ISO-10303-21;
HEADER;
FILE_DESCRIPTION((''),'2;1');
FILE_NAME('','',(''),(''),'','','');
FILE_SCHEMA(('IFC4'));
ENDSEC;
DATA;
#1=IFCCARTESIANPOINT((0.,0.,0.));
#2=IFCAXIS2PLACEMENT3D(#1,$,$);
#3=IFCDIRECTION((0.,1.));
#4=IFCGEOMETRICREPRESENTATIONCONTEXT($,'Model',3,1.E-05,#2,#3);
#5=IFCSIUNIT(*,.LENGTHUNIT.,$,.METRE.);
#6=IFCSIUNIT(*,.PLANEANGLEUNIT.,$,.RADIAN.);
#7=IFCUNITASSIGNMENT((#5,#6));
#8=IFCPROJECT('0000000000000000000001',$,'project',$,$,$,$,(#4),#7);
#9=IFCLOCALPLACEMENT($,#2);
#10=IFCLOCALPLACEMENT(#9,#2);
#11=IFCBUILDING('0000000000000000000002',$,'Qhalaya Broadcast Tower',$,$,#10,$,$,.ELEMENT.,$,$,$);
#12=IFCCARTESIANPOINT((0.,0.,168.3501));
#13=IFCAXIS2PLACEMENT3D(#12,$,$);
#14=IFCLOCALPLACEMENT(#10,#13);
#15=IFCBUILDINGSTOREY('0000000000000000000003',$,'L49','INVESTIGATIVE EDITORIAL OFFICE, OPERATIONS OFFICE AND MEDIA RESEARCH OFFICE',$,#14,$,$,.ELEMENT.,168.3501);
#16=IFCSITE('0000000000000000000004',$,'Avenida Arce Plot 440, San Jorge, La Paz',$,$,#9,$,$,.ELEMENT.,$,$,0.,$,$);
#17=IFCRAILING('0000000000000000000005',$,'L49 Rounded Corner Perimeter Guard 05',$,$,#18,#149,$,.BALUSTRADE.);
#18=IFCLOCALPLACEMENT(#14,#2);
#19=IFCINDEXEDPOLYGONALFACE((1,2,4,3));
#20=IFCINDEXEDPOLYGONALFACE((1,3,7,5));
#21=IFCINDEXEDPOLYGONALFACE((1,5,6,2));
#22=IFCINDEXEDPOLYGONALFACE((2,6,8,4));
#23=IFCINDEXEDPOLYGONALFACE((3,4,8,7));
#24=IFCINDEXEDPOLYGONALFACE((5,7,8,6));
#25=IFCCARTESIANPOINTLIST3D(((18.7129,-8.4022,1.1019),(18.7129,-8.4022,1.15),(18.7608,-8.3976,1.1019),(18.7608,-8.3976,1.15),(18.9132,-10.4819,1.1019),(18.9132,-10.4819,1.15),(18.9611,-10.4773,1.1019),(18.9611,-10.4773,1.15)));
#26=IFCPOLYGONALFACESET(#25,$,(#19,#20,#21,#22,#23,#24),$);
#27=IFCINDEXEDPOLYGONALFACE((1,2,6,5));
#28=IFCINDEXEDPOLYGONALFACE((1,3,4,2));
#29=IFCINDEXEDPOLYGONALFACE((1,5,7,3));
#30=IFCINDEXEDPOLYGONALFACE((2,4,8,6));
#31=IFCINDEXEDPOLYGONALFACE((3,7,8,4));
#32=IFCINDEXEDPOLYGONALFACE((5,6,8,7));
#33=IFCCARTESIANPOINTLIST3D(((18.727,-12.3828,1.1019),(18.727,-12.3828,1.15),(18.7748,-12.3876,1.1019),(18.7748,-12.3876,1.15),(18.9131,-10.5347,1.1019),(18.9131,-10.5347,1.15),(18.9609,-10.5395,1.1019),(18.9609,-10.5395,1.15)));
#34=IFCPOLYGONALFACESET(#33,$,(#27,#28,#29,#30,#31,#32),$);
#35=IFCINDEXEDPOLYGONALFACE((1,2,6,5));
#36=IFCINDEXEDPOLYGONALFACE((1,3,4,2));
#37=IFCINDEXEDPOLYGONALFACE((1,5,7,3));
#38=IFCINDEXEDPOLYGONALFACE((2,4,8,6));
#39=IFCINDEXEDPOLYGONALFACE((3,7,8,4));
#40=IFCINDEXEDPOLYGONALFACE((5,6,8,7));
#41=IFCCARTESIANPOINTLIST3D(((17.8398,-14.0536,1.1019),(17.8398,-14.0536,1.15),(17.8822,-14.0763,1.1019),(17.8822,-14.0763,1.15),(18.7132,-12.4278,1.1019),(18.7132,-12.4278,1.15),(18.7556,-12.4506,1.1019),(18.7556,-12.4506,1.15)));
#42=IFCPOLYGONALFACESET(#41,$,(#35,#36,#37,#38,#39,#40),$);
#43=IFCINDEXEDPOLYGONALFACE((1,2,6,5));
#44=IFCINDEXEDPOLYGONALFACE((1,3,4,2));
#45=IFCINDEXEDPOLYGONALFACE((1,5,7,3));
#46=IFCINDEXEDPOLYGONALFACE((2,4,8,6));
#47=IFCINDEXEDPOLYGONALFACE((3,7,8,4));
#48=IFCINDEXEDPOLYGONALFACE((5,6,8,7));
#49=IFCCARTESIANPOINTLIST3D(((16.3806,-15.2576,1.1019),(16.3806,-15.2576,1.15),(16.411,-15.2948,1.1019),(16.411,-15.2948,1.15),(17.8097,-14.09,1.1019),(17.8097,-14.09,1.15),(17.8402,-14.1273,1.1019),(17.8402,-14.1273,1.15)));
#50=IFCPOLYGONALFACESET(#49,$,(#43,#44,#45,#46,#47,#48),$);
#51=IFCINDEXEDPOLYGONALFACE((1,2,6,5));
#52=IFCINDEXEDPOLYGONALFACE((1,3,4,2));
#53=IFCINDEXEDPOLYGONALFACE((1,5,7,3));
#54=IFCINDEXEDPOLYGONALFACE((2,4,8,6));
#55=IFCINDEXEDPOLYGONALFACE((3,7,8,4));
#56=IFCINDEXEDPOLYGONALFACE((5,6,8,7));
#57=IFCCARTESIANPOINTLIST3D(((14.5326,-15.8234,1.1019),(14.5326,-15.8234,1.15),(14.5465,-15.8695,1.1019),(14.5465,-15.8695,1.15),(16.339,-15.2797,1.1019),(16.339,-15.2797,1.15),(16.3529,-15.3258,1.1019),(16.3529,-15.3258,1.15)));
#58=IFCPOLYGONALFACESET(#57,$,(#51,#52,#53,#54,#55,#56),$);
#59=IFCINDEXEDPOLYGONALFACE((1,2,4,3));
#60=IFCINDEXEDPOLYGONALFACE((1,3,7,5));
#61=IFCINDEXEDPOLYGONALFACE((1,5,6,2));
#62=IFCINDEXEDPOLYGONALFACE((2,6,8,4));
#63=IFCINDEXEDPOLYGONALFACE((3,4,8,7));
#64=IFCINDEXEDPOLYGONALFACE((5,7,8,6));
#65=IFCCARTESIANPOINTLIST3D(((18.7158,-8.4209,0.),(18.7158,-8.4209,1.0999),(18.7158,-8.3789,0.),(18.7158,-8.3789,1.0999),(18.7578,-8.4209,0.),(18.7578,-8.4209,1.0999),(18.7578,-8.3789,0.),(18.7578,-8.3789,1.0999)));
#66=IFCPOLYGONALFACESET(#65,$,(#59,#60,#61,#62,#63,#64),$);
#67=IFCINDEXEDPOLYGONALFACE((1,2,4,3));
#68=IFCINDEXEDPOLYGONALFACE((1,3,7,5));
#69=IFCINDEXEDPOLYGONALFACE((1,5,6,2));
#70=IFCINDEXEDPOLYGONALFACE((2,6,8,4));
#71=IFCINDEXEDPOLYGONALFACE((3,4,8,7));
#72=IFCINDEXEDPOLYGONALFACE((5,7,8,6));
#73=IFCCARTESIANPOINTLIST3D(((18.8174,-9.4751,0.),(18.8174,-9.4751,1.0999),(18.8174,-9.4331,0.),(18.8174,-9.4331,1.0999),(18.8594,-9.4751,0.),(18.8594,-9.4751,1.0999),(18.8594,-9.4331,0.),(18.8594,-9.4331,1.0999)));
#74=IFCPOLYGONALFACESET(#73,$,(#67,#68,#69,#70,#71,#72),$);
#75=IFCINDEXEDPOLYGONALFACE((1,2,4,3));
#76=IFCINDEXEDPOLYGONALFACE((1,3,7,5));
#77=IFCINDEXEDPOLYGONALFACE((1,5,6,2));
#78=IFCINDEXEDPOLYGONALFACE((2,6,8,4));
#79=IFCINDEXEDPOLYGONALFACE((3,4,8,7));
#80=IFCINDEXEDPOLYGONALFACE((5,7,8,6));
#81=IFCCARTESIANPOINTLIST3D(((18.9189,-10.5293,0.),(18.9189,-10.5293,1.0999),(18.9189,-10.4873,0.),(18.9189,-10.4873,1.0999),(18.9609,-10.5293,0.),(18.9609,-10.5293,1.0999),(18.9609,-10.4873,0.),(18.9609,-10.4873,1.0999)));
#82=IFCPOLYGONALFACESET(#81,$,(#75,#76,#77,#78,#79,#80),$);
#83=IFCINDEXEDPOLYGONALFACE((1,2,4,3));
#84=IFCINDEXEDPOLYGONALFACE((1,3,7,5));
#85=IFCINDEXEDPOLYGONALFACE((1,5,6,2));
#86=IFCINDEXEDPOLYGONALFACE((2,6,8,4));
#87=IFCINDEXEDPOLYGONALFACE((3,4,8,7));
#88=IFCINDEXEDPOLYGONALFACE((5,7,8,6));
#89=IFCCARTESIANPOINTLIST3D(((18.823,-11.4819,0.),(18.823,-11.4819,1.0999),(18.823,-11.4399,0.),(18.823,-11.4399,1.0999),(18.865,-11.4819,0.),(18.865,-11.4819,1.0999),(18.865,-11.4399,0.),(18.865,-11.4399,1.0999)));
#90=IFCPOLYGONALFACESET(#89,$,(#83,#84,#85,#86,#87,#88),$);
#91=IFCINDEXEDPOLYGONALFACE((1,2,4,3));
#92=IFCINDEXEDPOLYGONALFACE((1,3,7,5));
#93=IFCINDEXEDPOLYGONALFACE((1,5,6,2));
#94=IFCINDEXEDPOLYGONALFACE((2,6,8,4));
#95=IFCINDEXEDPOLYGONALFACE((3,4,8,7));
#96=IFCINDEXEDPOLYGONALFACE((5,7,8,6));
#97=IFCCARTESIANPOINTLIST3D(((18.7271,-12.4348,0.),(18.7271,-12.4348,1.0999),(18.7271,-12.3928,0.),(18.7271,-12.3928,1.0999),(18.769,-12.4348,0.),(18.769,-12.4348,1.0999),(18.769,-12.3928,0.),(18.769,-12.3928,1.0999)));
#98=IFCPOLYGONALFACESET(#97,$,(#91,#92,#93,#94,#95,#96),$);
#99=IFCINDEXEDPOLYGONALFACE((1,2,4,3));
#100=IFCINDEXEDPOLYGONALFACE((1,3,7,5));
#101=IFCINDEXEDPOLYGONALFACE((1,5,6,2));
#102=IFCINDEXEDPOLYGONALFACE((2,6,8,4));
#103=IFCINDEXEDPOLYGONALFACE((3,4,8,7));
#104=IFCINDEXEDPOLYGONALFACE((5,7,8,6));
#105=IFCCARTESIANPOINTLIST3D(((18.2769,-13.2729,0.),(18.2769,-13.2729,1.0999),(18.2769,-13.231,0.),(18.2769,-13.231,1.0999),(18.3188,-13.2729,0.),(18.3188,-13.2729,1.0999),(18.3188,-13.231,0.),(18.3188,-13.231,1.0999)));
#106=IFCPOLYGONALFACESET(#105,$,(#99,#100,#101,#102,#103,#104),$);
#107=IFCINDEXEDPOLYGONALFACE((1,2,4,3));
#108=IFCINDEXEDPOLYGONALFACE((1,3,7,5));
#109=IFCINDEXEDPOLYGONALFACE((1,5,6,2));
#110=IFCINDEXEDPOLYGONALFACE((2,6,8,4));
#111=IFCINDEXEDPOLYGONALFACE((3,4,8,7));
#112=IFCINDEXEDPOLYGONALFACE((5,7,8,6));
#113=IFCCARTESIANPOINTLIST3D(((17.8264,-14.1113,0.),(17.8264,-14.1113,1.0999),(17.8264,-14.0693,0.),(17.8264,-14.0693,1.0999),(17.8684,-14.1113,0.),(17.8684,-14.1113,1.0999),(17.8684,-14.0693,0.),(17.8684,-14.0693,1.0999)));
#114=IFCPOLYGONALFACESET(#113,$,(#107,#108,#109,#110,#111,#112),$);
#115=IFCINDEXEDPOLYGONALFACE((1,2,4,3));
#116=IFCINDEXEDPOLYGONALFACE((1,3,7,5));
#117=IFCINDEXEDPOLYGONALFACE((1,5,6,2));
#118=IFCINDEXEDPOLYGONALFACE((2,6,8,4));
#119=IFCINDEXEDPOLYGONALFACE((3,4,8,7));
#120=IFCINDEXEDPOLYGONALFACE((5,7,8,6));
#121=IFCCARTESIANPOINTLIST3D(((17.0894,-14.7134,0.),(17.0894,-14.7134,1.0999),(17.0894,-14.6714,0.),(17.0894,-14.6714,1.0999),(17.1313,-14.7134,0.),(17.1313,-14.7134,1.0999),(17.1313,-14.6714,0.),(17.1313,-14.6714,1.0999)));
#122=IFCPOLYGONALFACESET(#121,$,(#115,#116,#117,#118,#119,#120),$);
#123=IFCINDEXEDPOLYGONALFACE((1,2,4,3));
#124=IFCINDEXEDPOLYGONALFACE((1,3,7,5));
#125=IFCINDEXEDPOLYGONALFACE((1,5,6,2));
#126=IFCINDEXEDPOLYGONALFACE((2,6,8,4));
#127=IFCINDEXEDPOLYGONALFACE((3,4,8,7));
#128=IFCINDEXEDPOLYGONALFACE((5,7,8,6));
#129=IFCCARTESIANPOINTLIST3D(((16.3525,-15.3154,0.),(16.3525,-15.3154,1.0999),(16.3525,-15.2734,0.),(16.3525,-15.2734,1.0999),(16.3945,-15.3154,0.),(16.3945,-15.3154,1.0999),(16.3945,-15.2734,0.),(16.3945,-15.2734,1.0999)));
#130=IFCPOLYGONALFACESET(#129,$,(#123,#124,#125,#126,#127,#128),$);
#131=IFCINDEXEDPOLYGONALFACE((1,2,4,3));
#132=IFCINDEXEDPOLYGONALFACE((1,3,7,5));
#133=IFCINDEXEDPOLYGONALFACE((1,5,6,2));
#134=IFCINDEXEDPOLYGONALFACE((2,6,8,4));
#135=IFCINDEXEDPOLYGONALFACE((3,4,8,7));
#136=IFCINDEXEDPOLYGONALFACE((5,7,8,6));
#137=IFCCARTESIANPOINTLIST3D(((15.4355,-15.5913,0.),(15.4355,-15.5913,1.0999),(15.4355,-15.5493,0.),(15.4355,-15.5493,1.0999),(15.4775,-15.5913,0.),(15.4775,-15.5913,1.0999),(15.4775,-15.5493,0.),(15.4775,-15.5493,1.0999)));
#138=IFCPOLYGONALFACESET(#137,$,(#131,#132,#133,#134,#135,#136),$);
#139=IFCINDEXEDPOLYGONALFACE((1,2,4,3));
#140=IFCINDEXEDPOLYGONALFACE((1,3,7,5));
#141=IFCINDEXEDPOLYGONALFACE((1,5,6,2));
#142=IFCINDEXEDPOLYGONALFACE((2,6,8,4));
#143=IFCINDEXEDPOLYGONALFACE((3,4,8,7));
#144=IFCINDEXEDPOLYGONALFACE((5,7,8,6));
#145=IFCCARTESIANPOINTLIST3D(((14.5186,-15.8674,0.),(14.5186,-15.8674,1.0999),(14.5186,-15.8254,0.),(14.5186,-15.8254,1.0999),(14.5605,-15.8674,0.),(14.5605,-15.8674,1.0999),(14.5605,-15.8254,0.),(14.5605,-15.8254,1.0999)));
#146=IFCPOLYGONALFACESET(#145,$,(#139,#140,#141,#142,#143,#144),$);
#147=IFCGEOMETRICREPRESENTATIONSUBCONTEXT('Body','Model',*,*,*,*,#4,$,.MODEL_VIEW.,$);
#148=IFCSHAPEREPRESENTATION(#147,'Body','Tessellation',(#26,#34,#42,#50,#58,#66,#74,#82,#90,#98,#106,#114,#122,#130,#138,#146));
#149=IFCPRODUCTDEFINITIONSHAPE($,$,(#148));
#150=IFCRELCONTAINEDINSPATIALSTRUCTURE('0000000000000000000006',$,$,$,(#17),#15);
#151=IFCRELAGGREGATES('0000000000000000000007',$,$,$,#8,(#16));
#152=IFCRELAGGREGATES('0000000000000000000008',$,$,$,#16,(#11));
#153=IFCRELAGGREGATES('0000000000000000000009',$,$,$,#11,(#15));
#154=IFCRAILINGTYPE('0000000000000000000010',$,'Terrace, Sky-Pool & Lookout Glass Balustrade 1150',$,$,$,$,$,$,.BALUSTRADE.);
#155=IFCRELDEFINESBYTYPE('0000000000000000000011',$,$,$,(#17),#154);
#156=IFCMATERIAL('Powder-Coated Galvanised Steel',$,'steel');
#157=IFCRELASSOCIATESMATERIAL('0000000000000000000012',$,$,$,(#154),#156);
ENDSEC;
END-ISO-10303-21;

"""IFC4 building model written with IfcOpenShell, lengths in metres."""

from ifc_helpers import new_model, si_unit, direction, frame, origin, origin_2d, place, context, subcontext, project, spatial, rectangle, extrude, material, type_object, element, save


model = new_model("IFC4")

# Units and contexts
model_context = context("Model", 3, precision=1e-05, world=origin(), true_north=direction((0.0, 1.0)))
body_context = subcontext(model_context, "Body", "Model", "MODEL_VIEW")
ifc_project = project(units=[si_unit("LENGTHUNIT", "METRE"), si_unit("PLANEANGLEUNIT", "RADIAN")], contexts=[model_context])

# Site, building, storey
site_placement = place(None, origin())
site = spatial("IfcSite", under=ifc_project, at=site_placement, Name="Avenida Arce Plot 440, San Jorge, La Paz", CompositionType="ELEMENT", RefElevation=0.0)
building_placement = place(site_placement, origin())
building = spatial("IfcBuilding", under=site, at=building_placement, Name="Qhalaya Broadcast Tower", CompositionType="ELEMENT")
storey_placement = place(building_placement, frame((0.0, 0.0, 168.3501)))
storey = spatial("IfcBuildingStorey", under=building, at=storey_placement, Name="L49", Description="INVESTIGATIVE EDITORIAL OFFICE, OPERATIONS OFFICE AND MEDIA RESEARCH OFFICE", CompositionType="ELEMENT", Elevation=168.3501)

# Railing
ifc_material_1 = material(Name="Powder-Coated Galvanised Steel", Category="steel")
railing_type = type_object("IfcRailingType", Name="Terrace, Sky-Pool & Lookout Glass Balustrade 1150", PredefinedType="BALUSTRADE", material=ifc_material_1)
railing_1_placement = place(storey_placement, frame((18.7368, -8.3999, 0.0)))
element("IfcRailing", 1, at=railing_1_placement, inside=storey, type_object=railing_type, Name="L49 Rounded Corner Perimeter Guard 05", PredefinedType="BALUSTRADE", context=body_context, shape_type="SweptSolid", body=[
    extrude(rectangle(XDim=0.0481, YDim=0.0481, at=origin_2d()), frame((0.0, 0.0, 1.126), z_axis=(0.095897, -0.995391, 0.0), x_axis=(0.995391, 0.095897, 0.0)), (0.0, 0.0, 1.0), 2.0894),
    extrude(rectangle(XDim=0.0481, YDim=0.0481, at=origin_2d()), frame((0.2002, -2.1372, 1.126), z_axis=(-0.100198, -0.994968, 0.0), x_axis=(0.994968, -0.100198, 0.0)), (0.0, 0.0, 1.0), 1.8574),
    extrude(rectangle(XDim=0.0481, YDim=0.0481, at=origin_2d()), frame((-0.0024, -4.0393, 1.126), z_axis=(-0.473243, -0.880932, 0.0), x_axis=(0.880932, -0.473243, 0.0)), (0.0, 0.0, 1.0), 1.8455),
    extrude(rectangle(XDim=0.0481, YDim=0.0481, at=origin_2d()), frame((-0.9119, -5.7087, 1.126), z_axis=(-0.77442, -0.632672, 0.0), x_axis=(0.632672, -0.77442, 0.0)), (0.0, 0.0, 1.0), 1.8455),
    extrude(rectangle(XDim=0.0481, YDim=0.0481, at=origin_2d()), frame((-2.3909, -6.9028, 1.126), z_axis=(-0.957566, -0.288213, 0.0), x_axis=(0.288213, -0.957566, 0.0)), (0.0, 0.0, 1.0), 1.8865),
    extrude(rectangle(XDim=0.042, YDim=0.042, at=origin_2d()), origin(), (0.0, 0.0, 1.0), 1.0999),
    extrude(rectangle(XDim=0.042, YDim=0.042, at=origin_2d()), frame((0.1016, -1.0542, 0.0)), (0.0, 0.0, 1.0), 1.0999),
    extrude(rectangle(XDim=0.042, YDim=0.042, at=origin_2d()), frame((0.2031, -2.1084, 0.0)), (0.0, 0.0, 1.0), 1.0999),
    extrude(rectangle(XDim=0.042, YDim=0.042, at=origin_2d()), frame((0.1072, -3.061, 0.0)), (0.0, 0.0, 1.0), 1.0999),
    extrude(rectangle(XDim=0.042, YDim=0.042, at=origin_2d()), frame((0.0112, -4.0139, 0.0)), (0.0, 0.0, 1.0), 1.0999),
    extrude(rectangle(XDim=0.042, YDim=0.042, at=origin_2d()), frame((-0.439, -4.8521, 0.0)), (0.0, 0.0, 1.0), 1.0999),
    extrude(rectangle(XDim=0.042, YDim=0.042, at=origin_2d()), frame((-0.8894, -5.6904, 0.0)), (0.0, 0.0, 1.0), 1.0999),
    extrude(rectangle(XDim=0.042, YDim=0.042, at=origin_2d()), frame((-1.6265, -6.2925, 0.0)), (0.0, 0.0, 1.0), 1.0999),
    extrude(rectangle(XDim=0.042, YDim=0.042, at=origin_2d()), frame((-2.3633, -6.8945, 0.0)), (0.0, 0.0, 1.0), 1.0999),
    extrude(rectangle(XDim=0.042, YDim=0.042, at=origin_2d()), frame((-3.2803, -7.1704, 0.0)), (0.0, 0.0, 1.0), 1.0999),
    extrude(rectangle(XDim=0.042, YDim=0.042, at=origin_2d()), frame((-4.1973, -7.4465, 0.0)), (0.0, 0.0, 1.0), 1.0999),
])

save(model, "model.ifc")
